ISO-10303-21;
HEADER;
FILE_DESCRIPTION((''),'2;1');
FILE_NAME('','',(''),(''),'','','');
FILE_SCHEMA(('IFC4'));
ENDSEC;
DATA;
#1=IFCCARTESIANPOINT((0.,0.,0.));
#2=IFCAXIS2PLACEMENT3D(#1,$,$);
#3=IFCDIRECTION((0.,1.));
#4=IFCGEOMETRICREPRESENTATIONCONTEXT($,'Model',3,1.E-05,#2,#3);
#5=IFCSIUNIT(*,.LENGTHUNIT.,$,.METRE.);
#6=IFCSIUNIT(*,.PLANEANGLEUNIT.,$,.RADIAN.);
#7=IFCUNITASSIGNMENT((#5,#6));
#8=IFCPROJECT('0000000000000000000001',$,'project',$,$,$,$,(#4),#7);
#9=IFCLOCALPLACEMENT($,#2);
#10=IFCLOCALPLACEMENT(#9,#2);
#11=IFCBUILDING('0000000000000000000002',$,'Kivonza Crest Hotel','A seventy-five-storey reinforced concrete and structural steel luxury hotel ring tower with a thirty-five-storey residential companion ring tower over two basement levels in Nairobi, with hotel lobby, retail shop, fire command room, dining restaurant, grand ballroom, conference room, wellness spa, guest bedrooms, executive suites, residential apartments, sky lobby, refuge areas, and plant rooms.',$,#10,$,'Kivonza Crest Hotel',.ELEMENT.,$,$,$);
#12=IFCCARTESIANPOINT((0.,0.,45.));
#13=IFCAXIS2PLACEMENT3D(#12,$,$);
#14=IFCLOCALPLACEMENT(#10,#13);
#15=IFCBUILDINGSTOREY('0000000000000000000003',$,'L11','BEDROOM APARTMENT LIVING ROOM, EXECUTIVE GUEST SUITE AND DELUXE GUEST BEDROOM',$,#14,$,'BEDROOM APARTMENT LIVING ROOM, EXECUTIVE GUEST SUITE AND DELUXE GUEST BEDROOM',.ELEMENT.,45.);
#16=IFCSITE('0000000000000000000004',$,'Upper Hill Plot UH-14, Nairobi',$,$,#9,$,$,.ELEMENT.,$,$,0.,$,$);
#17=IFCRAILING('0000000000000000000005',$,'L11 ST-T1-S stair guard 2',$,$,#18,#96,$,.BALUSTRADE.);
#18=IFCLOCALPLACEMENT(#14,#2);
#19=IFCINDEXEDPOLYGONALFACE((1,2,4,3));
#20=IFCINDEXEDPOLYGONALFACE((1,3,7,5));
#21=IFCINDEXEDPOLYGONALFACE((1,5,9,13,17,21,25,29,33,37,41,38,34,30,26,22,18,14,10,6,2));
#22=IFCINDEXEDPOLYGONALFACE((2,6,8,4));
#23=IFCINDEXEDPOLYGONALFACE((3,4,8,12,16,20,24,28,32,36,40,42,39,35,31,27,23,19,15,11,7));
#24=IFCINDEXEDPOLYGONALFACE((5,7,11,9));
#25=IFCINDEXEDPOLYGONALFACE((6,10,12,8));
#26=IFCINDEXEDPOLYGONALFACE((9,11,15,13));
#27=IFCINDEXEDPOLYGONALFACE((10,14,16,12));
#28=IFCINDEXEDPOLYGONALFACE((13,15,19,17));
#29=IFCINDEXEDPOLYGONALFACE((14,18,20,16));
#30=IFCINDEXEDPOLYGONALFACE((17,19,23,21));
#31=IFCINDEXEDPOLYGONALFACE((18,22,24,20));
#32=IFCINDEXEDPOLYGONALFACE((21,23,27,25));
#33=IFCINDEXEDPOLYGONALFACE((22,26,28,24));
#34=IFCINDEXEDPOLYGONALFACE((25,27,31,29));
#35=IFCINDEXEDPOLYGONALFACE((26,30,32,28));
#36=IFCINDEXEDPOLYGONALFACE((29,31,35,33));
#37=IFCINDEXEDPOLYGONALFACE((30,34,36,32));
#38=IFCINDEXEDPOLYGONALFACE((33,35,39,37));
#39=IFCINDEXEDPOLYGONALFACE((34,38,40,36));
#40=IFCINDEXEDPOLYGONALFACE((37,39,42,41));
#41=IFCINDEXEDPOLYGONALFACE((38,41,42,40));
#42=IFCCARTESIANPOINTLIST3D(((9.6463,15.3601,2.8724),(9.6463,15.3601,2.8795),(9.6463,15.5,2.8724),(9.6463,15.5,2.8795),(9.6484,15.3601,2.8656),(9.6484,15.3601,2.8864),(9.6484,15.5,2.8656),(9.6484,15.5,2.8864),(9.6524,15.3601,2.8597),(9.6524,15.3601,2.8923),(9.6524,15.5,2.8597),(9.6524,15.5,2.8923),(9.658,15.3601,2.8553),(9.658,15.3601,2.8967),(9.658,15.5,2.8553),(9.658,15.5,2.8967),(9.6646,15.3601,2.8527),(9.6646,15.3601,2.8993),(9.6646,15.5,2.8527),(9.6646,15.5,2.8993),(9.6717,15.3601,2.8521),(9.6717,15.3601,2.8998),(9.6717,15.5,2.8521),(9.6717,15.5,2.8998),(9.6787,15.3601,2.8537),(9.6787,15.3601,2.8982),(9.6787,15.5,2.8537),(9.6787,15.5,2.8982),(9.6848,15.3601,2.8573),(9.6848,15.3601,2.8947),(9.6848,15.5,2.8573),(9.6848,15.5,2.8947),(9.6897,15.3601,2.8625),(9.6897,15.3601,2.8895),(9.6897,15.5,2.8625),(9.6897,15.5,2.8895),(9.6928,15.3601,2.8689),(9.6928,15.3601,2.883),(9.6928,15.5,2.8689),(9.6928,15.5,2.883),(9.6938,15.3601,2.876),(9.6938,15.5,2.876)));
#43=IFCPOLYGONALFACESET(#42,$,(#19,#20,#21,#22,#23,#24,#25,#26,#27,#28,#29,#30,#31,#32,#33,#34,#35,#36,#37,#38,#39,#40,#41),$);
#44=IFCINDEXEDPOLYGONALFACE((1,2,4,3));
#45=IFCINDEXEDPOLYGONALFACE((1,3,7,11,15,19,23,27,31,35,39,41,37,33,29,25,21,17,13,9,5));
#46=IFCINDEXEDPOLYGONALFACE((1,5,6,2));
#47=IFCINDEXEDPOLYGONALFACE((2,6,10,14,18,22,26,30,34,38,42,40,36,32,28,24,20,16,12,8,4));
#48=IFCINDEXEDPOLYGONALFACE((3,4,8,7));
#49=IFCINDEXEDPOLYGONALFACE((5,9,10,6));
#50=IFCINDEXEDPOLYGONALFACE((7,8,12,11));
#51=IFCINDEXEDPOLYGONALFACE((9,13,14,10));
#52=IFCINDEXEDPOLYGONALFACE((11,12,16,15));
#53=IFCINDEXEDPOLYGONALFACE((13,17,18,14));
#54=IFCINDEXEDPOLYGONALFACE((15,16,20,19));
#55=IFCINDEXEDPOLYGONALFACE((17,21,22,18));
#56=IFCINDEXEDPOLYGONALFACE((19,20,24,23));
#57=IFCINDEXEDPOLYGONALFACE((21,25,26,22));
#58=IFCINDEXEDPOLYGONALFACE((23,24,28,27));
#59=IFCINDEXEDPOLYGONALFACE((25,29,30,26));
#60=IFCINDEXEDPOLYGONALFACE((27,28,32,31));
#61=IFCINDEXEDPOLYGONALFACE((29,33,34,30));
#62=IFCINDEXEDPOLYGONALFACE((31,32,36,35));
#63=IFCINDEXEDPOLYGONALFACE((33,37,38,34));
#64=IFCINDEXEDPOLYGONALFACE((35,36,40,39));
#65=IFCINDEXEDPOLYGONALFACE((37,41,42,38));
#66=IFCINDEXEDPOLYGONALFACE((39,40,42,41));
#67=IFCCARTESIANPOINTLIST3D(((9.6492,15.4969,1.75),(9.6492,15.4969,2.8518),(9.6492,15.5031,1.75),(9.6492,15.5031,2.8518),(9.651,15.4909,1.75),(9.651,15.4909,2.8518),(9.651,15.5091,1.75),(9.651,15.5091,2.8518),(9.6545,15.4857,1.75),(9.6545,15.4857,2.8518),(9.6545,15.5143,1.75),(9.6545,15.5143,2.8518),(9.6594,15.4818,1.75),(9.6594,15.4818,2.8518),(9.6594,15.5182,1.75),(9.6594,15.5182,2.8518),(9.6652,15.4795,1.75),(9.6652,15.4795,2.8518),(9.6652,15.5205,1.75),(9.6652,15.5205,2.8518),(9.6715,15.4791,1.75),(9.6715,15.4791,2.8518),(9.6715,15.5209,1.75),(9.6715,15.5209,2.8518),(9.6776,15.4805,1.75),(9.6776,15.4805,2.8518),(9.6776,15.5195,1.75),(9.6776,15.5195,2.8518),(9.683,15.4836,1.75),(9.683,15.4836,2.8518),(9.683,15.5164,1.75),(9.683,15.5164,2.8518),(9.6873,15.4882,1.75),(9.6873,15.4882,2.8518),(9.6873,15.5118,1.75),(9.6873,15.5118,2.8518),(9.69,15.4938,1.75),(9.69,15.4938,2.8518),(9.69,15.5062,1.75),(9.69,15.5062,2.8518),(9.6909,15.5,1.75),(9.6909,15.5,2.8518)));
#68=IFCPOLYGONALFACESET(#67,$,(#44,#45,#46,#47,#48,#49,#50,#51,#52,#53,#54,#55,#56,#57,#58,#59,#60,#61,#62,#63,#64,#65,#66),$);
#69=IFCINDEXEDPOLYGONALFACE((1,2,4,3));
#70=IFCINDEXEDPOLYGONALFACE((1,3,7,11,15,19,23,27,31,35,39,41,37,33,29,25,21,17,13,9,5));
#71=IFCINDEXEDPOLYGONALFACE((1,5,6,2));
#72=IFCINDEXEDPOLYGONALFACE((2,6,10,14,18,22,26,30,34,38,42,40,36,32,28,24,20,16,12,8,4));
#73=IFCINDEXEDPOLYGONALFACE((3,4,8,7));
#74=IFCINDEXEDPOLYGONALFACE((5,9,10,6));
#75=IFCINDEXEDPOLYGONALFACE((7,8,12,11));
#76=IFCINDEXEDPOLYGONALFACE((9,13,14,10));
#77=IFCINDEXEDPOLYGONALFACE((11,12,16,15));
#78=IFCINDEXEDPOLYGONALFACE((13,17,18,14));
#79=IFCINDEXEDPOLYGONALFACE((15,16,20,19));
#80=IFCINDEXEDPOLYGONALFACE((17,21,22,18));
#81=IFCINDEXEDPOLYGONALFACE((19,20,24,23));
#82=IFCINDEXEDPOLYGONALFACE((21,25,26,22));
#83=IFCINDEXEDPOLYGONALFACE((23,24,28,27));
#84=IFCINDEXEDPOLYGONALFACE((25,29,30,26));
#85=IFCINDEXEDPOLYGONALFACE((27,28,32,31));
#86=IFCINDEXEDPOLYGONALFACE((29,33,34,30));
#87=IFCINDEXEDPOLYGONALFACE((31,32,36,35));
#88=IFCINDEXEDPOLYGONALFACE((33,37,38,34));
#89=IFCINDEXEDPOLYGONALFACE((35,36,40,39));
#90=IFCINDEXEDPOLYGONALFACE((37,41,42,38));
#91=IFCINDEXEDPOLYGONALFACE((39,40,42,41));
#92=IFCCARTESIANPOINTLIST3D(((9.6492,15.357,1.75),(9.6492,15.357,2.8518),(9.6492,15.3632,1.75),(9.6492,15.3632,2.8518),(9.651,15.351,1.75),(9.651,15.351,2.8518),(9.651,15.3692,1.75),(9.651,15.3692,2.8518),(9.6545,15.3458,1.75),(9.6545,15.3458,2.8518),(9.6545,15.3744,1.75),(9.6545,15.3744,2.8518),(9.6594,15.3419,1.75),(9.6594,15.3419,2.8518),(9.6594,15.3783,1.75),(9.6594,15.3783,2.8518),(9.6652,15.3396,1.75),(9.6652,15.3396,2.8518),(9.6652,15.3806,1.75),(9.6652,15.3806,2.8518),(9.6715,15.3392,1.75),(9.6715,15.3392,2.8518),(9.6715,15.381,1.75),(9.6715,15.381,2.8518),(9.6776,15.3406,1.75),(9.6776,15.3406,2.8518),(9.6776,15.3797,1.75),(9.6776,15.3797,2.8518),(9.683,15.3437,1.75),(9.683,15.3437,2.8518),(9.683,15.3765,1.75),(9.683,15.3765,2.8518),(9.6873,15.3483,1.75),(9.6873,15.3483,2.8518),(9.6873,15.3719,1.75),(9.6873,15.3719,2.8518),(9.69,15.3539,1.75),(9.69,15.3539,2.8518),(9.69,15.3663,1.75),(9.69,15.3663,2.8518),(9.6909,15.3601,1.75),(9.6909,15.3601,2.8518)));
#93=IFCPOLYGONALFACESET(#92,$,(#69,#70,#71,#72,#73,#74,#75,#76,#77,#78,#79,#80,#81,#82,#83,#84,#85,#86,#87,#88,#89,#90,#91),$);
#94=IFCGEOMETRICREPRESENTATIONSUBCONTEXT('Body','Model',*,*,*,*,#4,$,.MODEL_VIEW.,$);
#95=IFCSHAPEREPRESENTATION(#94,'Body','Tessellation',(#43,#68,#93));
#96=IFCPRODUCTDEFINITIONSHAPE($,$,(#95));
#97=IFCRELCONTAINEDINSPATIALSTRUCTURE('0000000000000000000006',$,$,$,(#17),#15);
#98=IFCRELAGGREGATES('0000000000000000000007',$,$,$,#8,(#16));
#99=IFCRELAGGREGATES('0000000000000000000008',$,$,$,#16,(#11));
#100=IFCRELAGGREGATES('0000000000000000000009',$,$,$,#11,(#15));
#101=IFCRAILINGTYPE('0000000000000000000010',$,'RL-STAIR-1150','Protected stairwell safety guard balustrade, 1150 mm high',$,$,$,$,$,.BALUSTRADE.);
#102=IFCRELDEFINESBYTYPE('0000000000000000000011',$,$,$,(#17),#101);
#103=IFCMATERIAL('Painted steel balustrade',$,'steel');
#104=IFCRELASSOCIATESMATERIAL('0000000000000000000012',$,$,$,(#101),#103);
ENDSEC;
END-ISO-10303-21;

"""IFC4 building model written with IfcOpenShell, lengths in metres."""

from ifc_helpers import new_model, si_unit, direction, frame, origin, origin_2d, place, context, subcontext, project, spatial, circle, extrude, material, type_object, element, save


model = new_model("IFC4")

# Units and contexts
model_context = context("Model", 3, precision=1e-05, world=origin(), true_north=direction((0.0, 1.0)))
body_context = subcontext(model_context, "Body", "Model", "MODEL_VIEW")
ifc_project = project(units=[si_unit("LENGTHUNIT", "METRE"), si_unit("PLANEANGLEUNIT", "RADIAN")], contexts=[model_context])

# Site, building, storey
site_placement = place(None, origin())
site = spatial("IfcSite", under=ifc_project, at=site_placement, Name="Upper Hill Plot UH-14, Nairobi", CompositionType="ELEMENT", RefElevation=0.0)
building_placement = place(site_placement, origin())
building = spatial("IfcBuilding", under=site, at=building_placement, Name="Kivonza Crest Hotel", Description="A seventy-five-storey reinforced concrete and structural steel luxury hotel ring tower with a thirty-five-storey residential companion ring tower over two basement levels in Nairobi, with hotel lobby, retail shop, fire command room, dining restaurant, grand ballroom, conference room, wellness spa, guest bedrooms, executive suites, residential apartments, sky lobby, refuge areas, and plant rooms.", LongName="Kivonza Crest Hotel", CompositionType="ELEMENT")
storey_placement = place(building_placement, frame((0.0, 0.0, 45.0)))
storey = spatial("IfcBuildingStorey", under=building, at=storey_placement, Name="L11", Description="BEDROOM APARTMENT LIVING ROOM, EXECUTIVE GUEST SUITE AND DELUXE GUEST BEDROOM", LongName="BEDROOM APARTMENT LIVING ROOM, EXECUTIVE GUEST SUITE AND DELUXE GUEST BEDROOM", CompositionType="ELEMENT", Elevation=45.0)

# Railing
ifc_material_1 = material(Name="Painted steel balustrade", Category="steel")
railing_type_1 = type_object("IfcRailingType", Name="RL-STAIR-1150", Description="Protected stairwell safety guard balustrade, 1150 mm high", PredefinedType="BALUSTRADE", material=ifc_material_1)
railing_1_placement = place(storey_placement, frame((9.6699, 15.5, 1.75)))
element("IfcRailing", 1, at=railing_1_placement, inside=storey, type_object=railing_type_1, Name="L11 ST-T1-S stair guard 2", PredefinedType="BALUSTRADE", context=body_context, shape_type="SweptSolid", body=[
    extrude(circle(Radius=0.0239, at=origin_2d()), frame((0.0, 0.0, 1.126), z_axis=(0.0, -1.0, 0.0), x_axis=(1.0, 0.0, 0.0)), (0.0, 0.0, 1.0), 0.1399),
    extrude(circle(Radius=0.021, at=origin_2d()), origin(), (0.0, 0.0, 1.0), 1.1018),
    extrude(circle(Radius=0.021, at=origin_2d()), frame((0.0, -0.1399, 0.0)), (0.0, 0.0, 1.0), 1.1018),
])

save(model, "model.ifc")
